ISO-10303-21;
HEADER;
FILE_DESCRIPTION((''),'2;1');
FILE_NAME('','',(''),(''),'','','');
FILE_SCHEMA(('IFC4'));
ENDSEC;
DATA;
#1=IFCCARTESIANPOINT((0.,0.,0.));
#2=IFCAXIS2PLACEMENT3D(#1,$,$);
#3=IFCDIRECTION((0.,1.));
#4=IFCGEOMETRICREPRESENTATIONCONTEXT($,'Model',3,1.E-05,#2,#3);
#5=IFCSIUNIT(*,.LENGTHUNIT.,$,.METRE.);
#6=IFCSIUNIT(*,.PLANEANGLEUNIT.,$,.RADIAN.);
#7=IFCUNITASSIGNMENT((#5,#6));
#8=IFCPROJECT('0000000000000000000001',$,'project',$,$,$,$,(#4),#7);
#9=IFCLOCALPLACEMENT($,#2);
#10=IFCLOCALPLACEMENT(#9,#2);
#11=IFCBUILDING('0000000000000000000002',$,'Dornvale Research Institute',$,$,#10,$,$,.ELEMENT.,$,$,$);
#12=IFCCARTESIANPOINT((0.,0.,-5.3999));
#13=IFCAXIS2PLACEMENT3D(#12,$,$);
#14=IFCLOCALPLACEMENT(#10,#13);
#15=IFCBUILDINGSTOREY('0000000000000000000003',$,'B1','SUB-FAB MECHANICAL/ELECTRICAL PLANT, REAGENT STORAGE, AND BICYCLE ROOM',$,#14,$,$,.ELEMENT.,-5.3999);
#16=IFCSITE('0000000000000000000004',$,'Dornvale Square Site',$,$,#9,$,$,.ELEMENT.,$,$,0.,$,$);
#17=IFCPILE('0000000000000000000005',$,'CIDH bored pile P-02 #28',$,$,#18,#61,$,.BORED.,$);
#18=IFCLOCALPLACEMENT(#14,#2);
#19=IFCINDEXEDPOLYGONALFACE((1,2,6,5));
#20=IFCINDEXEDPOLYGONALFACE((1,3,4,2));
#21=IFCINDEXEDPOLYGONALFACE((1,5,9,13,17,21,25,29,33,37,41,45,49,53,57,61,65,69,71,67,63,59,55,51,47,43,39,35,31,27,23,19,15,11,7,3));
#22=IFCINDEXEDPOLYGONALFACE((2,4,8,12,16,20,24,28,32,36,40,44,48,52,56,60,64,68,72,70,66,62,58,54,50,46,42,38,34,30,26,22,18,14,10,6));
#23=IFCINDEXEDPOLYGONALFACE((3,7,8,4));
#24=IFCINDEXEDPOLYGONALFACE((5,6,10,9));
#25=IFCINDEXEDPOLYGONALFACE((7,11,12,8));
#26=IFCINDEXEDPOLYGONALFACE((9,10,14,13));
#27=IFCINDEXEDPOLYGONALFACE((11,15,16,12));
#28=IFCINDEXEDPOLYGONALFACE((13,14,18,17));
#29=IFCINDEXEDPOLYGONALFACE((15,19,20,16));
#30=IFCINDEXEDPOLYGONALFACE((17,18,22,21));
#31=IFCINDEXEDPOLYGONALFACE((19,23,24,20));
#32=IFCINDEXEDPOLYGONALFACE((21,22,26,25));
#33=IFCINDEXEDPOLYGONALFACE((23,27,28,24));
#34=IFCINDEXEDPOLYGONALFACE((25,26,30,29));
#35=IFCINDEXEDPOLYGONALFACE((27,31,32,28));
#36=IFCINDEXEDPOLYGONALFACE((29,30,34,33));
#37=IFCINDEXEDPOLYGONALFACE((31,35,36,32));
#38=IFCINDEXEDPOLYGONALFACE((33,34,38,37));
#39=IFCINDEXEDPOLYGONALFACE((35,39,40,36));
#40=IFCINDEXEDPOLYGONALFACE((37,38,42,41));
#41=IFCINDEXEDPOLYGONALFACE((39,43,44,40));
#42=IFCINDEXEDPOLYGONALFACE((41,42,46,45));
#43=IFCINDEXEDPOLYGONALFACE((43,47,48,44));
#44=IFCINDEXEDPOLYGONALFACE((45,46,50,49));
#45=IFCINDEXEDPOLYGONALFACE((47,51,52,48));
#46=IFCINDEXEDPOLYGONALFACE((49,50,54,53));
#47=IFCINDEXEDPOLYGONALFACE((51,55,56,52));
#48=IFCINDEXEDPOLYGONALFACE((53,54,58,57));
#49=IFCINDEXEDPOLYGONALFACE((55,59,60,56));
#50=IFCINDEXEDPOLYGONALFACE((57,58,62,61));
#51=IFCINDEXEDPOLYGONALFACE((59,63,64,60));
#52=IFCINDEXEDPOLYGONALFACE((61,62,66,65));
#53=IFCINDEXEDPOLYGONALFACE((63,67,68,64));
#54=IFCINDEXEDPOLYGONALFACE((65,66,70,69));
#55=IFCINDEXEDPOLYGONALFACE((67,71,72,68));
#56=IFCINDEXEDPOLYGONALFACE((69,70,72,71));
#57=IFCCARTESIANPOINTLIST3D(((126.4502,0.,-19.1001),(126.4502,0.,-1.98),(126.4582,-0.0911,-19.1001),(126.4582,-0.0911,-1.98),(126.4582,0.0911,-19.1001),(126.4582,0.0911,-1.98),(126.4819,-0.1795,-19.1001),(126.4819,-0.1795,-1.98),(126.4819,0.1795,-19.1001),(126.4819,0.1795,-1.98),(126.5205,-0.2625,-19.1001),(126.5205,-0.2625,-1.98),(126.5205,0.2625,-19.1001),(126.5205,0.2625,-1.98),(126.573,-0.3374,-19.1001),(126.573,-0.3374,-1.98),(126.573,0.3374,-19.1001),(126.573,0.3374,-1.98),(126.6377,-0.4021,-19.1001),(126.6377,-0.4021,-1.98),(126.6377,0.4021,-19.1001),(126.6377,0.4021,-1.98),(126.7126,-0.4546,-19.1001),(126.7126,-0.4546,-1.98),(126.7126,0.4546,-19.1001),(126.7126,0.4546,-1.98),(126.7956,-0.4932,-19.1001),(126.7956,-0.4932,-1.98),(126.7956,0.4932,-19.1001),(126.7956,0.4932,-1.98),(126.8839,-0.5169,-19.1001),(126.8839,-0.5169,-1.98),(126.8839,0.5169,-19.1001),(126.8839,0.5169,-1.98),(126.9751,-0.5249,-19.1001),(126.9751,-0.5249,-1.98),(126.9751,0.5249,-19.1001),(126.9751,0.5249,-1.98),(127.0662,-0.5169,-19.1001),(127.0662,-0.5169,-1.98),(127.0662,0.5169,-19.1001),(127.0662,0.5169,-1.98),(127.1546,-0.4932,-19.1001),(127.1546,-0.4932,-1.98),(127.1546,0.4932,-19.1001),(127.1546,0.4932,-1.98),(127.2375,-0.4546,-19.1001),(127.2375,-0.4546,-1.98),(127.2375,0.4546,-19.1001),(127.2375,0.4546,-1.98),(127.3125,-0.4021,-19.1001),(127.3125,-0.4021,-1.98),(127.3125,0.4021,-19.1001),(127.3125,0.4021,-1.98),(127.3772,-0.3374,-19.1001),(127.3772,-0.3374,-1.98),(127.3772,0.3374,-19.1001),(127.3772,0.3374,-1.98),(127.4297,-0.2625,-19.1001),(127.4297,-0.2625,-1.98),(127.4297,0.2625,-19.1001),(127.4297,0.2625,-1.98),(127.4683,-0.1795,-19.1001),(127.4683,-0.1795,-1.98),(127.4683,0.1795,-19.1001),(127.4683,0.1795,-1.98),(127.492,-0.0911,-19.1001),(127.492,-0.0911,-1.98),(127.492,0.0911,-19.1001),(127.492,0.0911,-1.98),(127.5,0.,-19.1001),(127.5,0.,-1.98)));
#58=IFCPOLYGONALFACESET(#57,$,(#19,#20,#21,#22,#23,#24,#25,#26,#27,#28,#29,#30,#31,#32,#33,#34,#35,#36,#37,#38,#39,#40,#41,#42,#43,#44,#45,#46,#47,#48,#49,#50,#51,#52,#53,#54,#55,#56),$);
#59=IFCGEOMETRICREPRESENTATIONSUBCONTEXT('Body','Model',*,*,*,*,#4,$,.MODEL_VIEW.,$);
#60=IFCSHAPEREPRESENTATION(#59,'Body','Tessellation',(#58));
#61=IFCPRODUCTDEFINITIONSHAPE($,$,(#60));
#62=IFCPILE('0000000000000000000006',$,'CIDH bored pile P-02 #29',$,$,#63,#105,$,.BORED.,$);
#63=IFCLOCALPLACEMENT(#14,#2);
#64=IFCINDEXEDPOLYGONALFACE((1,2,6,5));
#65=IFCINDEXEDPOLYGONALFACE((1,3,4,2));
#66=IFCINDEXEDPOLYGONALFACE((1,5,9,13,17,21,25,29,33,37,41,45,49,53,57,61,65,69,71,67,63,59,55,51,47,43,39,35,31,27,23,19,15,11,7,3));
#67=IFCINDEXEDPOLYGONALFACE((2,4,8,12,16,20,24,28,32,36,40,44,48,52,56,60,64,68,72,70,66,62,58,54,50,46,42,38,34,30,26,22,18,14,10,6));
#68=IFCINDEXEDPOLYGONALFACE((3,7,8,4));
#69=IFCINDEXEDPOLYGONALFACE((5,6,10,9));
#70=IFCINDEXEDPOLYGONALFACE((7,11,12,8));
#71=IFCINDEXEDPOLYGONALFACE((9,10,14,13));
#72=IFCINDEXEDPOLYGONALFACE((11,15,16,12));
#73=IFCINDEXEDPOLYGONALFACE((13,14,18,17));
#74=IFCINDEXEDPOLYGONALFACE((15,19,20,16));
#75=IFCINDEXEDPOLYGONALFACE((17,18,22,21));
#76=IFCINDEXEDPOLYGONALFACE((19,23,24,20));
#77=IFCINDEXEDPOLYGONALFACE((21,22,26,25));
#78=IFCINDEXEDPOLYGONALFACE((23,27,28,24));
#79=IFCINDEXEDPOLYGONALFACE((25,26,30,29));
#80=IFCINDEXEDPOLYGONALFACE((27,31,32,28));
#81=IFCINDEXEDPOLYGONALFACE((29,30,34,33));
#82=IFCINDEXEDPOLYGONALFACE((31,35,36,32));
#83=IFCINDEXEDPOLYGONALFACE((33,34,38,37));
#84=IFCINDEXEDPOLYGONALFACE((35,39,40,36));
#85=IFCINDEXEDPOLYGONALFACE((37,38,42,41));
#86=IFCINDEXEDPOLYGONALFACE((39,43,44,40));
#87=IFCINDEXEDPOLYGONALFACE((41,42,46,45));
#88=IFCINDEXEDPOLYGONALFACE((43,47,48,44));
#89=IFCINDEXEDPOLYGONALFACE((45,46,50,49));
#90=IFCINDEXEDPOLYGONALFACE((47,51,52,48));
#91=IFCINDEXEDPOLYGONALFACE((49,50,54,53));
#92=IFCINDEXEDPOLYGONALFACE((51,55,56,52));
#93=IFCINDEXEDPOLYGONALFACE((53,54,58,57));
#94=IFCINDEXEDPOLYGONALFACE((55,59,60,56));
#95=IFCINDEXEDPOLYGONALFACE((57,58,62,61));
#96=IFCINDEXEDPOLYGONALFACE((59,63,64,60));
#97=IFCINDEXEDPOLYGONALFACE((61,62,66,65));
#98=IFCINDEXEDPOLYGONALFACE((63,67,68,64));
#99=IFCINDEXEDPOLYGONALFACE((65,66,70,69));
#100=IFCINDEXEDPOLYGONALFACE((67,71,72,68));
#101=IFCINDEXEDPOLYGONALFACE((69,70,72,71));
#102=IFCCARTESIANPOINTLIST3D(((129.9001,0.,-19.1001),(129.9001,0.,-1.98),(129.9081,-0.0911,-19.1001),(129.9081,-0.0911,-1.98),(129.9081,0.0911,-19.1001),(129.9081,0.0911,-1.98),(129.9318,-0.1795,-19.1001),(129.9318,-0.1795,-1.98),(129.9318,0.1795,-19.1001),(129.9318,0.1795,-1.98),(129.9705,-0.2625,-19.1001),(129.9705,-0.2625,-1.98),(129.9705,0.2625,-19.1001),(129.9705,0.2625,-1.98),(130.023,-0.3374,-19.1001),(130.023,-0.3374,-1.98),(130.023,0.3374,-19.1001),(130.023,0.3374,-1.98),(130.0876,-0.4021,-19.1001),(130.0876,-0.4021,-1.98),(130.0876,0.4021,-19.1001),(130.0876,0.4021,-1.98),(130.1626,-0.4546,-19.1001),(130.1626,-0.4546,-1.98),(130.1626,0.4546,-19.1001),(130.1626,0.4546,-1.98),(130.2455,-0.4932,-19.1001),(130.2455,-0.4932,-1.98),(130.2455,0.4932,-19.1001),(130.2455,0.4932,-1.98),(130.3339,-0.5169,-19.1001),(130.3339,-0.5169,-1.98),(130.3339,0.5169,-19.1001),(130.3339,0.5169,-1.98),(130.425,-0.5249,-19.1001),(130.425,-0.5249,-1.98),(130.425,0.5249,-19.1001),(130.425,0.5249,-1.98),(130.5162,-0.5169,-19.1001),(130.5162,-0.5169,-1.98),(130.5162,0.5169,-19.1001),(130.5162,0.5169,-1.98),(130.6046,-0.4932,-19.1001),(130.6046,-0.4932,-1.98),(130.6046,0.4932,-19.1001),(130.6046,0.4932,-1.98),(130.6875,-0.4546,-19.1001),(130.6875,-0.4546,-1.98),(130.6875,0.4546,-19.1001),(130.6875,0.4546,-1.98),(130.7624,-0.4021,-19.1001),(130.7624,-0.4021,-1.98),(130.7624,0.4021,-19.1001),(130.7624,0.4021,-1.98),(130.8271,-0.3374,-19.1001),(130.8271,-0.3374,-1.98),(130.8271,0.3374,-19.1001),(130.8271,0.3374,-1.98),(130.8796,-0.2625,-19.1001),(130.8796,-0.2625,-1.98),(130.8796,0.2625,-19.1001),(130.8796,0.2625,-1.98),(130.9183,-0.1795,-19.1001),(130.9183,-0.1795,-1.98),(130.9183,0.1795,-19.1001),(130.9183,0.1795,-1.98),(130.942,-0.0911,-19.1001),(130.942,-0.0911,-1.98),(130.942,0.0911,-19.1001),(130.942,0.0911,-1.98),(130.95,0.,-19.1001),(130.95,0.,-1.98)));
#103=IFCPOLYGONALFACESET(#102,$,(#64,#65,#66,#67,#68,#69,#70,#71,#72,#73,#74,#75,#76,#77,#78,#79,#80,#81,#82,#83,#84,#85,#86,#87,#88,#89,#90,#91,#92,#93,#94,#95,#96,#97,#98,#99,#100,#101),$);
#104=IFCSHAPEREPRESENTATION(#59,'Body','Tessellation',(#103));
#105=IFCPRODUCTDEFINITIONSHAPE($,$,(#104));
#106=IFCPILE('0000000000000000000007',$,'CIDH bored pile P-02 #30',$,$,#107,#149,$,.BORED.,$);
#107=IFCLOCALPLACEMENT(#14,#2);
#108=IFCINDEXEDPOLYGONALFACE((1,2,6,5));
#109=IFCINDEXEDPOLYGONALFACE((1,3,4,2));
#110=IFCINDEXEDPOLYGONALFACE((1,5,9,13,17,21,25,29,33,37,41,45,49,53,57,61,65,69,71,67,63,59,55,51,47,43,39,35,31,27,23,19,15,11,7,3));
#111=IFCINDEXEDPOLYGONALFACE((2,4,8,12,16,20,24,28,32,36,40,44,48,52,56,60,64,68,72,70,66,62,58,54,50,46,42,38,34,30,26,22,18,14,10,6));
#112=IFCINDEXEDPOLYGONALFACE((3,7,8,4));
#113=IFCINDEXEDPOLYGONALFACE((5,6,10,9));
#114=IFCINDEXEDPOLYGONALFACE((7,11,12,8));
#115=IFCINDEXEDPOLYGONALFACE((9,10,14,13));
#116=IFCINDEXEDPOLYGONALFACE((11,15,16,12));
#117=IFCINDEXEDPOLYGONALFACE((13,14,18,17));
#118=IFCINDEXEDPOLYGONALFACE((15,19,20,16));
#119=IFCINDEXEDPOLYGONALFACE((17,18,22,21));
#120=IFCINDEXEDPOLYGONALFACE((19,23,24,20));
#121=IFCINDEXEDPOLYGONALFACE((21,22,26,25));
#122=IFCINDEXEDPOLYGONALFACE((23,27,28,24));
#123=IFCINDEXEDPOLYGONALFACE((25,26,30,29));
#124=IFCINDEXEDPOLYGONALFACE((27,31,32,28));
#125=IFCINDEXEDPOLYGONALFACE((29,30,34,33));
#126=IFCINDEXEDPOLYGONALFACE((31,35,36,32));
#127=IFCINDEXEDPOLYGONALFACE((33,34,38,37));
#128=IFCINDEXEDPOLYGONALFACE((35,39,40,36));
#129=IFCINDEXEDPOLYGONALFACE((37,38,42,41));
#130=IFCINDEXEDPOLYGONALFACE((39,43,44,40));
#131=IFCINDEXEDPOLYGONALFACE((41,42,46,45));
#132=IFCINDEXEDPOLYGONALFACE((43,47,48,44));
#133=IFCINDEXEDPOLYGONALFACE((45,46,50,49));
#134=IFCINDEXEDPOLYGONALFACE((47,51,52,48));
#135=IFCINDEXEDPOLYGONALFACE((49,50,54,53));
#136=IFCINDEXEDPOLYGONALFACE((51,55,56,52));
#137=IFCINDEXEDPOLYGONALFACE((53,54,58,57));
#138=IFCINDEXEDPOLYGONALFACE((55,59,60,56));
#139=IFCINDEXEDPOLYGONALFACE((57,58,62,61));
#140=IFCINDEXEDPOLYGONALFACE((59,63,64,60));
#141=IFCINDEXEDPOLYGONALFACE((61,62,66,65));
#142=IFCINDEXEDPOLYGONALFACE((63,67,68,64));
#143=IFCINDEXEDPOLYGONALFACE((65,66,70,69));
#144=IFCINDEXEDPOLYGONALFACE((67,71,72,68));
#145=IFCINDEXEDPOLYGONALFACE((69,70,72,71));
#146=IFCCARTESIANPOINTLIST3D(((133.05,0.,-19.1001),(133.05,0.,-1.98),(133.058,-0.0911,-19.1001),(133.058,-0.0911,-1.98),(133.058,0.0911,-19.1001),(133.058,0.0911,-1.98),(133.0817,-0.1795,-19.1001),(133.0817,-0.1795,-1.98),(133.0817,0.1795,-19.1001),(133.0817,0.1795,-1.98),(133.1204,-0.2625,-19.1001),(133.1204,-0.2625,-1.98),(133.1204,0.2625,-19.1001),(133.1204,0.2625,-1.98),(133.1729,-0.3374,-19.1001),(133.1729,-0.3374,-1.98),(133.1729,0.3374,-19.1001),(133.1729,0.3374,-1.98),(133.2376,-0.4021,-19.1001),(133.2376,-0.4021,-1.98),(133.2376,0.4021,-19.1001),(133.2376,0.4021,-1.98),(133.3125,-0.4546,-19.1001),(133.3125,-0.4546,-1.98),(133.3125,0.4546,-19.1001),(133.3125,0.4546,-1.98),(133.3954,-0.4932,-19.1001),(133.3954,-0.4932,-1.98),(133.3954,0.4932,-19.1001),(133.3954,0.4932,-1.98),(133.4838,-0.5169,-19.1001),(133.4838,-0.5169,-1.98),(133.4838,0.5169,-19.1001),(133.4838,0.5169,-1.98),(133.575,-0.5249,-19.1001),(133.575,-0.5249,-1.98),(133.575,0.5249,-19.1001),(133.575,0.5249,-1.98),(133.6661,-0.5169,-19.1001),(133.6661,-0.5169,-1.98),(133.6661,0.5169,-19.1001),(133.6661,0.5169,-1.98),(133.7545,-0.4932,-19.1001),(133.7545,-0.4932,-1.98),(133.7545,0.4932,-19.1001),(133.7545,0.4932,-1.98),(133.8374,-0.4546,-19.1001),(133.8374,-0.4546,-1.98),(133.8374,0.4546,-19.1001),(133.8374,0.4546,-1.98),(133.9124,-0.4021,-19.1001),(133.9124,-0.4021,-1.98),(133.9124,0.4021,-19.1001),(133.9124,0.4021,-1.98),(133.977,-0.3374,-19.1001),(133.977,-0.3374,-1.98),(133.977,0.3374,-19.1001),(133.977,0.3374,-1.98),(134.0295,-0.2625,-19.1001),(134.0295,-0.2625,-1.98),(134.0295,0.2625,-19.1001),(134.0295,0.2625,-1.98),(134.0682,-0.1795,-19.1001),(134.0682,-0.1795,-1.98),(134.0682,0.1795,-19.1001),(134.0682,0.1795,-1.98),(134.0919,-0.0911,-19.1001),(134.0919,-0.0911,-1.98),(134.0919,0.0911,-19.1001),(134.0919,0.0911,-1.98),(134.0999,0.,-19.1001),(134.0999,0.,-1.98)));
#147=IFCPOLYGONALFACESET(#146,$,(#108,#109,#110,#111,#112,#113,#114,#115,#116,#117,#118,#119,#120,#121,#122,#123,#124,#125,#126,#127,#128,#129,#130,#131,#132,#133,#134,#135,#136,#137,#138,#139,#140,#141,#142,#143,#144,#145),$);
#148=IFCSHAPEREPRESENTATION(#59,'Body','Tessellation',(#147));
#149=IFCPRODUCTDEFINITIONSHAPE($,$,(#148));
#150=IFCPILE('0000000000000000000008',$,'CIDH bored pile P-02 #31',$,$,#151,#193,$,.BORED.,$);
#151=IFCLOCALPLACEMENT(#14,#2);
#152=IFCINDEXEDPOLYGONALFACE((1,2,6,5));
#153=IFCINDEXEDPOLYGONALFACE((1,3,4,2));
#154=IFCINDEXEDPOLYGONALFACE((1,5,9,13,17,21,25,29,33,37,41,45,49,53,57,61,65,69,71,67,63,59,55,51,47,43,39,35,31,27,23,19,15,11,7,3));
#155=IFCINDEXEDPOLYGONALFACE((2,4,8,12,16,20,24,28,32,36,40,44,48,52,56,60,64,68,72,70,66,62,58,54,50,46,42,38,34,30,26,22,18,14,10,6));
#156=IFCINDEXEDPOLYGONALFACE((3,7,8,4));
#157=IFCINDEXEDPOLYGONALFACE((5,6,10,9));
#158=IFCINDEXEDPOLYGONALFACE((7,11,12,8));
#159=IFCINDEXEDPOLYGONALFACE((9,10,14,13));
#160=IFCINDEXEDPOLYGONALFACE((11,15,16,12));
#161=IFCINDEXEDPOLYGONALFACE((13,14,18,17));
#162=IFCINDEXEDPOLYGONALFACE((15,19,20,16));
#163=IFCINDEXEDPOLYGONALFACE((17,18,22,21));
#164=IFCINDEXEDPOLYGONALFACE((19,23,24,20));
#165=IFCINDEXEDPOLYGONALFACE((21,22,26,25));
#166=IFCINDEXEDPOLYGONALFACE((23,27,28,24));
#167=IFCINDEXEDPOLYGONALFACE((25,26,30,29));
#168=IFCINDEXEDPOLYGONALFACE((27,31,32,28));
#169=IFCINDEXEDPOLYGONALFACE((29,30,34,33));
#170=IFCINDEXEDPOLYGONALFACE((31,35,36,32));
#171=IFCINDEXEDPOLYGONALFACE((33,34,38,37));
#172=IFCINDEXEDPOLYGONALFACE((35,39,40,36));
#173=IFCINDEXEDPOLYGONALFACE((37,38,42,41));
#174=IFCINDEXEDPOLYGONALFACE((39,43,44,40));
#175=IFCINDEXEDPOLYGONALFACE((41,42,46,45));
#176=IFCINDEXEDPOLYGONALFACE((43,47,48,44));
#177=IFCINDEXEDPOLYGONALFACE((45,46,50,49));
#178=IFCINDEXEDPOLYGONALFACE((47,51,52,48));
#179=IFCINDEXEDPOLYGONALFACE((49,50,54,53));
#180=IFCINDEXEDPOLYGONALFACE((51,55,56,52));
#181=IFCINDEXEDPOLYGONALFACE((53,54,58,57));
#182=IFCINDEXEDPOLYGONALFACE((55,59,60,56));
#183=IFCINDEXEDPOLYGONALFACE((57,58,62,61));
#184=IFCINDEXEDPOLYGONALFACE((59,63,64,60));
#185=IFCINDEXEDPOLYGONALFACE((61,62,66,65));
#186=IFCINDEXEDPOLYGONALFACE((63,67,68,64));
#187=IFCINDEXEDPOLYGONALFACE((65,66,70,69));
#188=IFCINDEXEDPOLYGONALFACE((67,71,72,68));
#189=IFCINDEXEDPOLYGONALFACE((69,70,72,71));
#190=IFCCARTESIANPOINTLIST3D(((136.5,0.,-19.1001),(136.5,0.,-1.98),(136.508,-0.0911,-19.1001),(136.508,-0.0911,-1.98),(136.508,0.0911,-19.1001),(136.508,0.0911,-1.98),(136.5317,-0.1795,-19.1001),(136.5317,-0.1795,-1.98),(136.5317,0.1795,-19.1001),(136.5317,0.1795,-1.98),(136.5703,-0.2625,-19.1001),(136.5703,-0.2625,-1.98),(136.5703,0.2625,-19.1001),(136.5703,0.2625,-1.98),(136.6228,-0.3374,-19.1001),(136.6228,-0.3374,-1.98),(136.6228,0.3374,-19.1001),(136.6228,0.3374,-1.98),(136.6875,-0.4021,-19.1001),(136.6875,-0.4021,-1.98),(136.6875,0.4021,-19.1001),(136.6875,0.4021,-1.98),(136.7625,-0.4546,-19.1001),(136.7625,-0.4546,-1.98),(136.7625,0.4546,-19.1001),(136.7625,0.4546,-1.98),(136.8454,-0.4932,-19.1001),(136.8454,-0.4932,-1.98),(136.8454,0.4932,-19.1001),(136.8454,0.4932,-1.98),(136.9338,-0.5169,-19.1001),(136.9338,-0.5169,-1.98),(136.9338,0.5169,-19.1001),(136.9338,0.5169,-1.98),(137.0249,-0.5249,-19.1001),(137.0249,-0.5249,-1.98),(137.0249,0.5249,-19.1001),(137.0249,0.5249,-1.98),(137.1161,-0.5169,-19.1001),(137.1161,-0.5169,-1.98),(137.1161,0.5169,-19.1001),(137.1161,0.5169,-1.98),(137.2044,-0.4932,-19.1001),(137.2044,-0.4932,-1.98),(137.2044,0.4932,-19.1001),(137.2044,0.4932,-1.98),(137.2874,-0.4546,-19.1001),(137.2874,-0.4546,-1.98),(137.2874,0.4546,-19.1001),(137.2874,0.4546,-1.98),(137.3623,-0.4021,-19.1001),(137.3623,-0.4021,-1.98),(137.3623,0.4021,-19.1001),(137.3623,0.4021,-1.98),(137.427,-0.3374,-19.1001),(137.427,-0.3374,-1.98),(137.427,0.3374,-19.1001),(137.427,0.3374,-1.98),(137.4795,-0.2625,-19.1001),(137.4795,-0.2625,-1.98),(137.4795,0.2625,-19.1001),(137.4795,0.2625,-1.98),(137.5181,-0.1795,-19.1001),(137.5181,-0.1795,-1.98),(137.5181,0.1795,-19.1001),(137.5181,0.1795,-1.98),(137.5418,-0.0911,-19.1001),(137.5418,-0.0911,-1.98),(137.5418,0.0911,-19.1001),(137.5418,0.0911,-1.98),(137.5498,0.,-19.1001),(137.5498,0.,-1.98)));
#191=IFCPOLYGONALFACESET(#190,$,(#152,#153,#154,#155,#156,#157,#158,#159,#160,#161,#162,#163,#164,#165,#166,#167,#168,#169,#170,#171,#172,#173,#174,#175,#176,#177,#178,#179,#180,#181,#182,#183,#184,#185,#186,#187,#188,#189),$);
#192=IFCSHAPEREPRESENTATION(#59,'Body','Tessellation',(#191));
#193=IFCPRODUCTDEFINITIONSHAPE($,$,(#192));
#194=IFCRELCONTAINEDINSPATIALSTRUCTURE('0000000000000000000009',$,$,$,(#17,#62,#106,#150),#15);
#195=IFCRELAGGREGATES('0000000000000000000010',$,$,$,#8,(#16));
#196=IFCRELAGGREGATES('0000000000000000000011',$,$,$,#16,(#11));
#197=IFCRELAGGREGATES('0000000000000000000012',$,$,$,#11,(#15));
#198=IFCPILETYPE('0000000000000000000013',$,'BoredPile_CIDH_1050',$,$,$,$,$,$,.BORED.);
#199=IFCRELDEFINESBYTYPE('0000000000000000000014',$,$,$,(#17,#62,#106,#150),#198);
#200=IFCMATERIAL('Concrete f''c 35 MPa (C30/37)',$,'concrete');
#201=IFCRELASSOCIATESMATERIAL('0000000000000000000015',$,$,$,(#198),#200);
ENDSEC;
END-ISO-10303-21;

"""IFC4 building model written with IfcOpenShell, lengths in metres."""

from ifc_helpers import new_model, si_unit, direction, frame, origin, origin_2d, place, context, subcontext, project, spatial, circle, extrude, material, material_profile, profile_set, type_object, element, save


model = new_model("IFC4")

# Units and contexts
model_context = context("Model", 3, precision=1e-05, world=origin(), true_north=direction((0.0, 1.0)))
body_context = subcontext(model_context, "Body", "Model", "MODEL_VIEW")
ifc_project = project(units=[si_unit("LENGTHUNIT", "METRE"), si_unit("PLANEANGLEUNIT", "RADIAN")], contexts=[model_context])

# Site, building, storey
site_placement = place(None, origin())
site = spatial("IfcSite", under=ifc_project, at=site_placement, Name="Dornvale Square Site", CompositionType="ELEMENT", RefElevation=0.0)
building_placement = place(site_placement, origin())
building = spatial("IfcBuilding", under=site, at=building_placement, Name="Dornvale Research Institute", CompositionType="ELEMENT")
storey_placement = place(building_placement, frame((0.0, 0.0, -5.3999)))
storey = spatial("IfcBuildingStorey", under=building, at=storey_placement, Name="B1", Description="SUB-FAB MECHANICAL/ELECTRICAL PLANT, REAGENT STORAGE, AND BICYCLE ROOM", CompositionType="ELEMENT", Elevation=-5.3999)

# Piles
ifc_material_1 = material(Name="Concrete f'c 35 MPa (C30/37)", Category="concrete")
ifc_material_profile_1 = material_profile(ifc_material_1, circle(Radius=0.5249, at=origin_2d()), Name="CIDH PILE D1050")
ifc_profile_set_1 = profile_set([ifc_material_profile_1], Name="Concrete f'c 35 MPa (C30/37)")
pile_type = type_object("IfcPileType", Name="BoredPile_CIDH_1050", PredefinedType="BORED", material=ifc_profile_set_1)
for number, where, z_axis, x_axis, name in (
    (1, (126.9751, 0.0, -1.98), (0.0, 0.0, -1.0), (1.0, 0.0, 0.0), "CIDH bored pile P-02 #28"),
    (2, (130.425, 0.0, -1.98), (0.0, 0.0, -1.0), (1.0, 0.0, 0.0), "CIDH bored pile P-02 #29"),
    (3, (133.575, 0.0, -1.98), (0.0, 0.0, -1.0), (1.0, 0.0, 0.0), "CIDH bored pile P-02 #30"),
    (4, (137.0249, 0.0, -1.98), (0.0, 0.0, -1.0), (1.0, 0.0, 0.0), "CIDH bored pile P-02 #31"),
):
    element("IfcPile", number, at=place(storey_placement, frame(where, z_axis=z_axis, x_axis=x_axis)), inside=storey, type_object=pile_type, Name=name, PredefinedType="BORED", context=body_context, shape_type="SweptSolid", body=[
        extrude(circle(Radius=0.5249, at=origin_2d()), origin(), (0.0, 0.0, 1.0), 17.1201),
    ])

save(model, "model.ifc")
